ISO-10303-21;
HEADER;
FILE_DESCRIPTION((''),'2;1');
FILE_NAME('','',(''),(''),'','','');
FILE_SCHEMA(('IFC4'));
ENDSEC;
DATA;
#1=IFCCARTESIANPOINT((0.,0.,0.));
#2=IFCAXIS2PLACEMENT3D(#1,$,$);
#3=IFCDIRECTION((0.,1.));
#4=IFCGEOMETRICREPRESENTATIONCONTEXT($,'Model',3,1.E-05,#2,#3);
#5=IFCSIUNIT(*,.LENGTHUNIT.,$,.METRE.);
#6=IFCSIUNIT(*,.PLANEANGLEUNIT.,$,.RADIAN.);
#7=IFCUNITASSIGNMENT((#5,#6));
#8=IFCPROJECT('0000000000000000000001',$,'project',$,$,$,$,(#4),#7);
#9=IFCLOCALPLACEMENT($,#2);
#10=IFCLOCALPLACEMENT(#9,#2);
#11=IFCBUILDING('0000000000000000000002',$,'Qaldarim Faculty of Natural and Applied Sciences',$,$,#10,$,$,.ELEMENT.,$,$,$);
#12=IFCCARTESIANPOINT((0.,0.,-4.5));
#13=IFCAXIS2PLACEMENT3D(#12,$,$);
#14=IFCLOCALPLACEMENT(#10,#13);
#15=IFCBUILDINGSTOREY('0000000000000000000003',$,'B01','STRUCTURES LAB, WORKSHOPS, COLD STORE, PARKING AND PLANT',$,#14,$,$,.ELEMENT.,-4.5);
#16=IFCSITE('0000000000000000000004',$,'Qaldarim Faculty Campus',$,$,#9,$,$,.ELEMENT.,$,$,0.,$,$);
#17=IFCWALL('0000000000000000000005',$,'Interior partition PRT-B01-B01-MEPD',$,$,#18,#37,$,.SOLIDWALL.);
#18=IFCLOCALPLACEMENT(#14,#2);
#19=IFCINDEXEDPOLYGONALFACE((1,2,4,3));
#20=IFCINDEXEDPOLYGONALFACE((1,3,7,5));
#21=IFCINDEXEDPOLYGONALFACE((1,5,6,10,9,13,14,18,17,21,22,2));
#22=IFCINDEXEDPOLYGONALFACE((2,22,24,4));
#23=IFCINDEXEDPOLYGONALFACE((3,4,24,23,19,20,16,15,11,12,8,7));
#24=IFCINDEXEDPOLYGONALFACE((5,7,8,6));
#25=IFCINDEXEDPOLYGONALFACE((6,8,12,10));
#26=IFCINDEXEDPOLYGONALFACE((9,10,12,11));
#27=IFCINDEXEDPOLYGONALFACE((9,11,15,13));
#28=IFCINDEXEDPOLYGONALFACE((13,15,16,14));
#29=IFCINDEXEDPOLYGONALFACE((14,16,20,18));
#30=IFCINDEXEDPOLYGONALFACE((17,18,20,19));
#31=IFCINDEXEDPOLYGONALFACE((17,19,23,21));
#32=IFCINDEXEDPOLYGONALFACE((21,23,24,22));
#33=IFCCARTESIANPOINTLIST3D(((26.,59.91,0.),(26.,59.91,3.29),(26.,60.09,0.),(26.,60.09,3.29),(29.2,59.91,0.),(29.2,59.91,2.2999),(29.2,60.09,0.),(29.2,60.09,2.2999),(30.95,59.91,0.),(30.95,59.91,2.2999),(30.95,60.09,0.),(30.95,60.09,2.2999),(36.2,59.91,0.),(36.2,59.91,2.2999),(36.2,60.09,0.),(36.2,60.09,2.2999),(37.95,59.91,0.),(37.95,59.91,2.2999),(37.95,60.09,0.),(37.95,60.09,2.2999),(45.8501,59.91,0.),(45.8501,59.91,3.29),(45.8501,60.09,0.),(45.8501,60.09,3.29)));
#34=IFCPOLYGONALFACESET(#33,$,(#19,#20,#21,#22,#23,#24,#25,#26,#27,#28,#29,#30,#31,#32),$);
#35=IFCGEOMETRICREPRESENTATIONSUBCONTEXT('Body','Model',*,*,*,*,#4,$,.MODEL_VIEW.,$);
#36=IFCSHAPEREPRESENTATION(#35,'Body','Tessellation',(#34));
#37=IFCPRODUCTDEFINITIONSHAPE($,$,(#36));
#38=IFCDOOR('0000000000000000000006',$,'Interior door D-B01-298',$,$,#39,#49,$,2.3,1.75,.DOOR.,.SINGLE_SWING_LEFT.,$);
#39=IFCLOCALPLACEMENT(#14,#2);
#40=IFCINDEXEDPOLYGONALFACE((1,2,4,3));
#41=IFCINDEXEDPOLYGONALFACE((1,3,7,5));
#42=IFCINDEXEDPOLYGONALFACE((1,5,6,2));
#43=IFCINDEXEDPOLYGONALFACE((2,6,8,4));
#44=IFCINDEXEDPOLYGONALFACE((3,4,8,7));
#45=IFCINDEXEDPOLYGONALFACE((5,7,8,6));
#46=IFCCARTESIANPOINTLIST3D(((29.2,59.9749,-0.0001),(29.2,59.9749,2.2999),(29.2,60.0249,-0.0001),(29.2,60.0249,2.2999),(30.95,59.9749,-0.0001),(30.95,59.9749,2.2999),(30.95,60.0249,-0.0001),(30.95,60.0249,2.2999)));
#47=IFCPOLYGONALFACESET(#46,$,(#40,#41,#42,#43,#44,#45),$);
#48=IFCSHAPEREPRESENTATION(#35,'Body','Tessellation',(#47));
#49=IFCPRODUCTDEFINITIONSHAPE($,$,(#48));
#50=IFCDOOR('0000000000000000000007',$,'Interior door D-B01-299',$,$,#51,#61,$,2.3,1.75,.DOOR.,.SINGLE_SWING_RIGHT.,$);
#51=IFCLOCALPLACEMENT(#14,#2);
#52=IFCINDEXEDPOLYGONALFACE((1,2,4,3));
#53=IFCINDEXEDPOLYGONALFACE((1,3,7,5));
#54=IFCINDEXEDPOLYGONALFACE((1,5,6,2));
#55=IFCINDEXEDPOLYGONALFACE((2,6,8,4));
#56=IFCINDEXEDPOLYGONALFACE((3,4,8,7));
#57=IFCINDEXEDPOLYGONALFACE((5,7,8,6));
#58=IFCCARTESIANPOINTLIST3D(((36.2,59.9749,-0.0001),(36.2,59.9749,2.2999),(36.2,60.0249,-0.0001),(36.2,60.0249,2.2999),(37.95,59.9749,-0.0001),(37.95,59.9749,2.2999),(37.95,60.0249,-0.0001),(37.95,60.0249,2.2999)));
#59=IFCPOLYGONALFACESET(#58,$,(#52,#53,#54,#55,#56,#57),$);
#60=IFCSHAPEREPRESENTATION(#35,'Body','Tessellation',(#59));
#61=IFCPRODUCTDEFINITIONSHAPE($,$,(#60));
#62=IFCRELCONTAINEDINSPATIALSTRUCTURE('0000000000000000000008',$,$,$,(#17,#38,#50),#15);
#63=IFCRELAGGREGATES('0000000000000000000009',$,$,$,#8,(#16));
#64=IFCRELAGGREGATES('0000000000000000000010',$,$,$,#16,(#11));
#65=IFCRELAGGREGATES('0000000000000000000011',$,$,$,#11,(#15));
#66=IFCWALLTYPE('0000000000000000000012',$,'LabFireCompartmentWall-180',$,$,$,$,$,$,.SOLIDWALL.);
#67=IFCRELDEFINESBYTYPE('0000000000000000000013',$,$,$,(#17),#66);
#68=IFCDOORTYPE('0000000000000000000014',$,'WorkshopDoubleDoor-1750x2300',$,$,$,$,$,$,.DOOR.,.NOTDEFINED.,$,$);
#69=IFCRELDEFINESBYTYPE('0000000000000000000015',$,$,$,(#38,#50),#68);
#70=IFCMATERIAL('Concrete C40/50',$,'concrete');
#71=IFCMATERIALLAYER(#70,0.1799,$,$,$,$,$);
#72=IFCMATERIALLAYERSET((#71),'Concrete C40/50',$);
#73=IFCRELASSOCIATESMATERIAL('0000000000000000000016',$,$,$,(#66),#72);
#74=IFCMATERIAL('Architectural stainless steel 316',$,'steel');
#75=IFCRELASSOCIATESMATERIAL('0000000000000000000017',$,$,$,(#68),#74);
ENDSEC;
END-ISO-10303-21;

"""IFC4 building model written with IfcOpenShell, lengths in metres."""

from ifc_helpers import new_model, si_unit, direction, frame, frame_2d, origin, place, context, subcontext, project, spatial, rectangle, extrude, material, layer, layer_set, type_object, element, fill, save


model = new_model("IFC4")

# Units and contexts
model_context = context("Model", 3, precision=1e-05, world=origin(), true_north=direction((0.0, 1.0)))
body_context = subcontext(model_context, "Body", "Model", "MODEL_VIEW")
ifc_project = project(units=[si_unit("LENGTHUNIT", "METRE"), si_unit("PLANEANGLEUNIT", "RADIAN")], contexts=[model_context])

# Site, building, storey
site_placement = place(None, origin())
site = spatial("IfcSite", under=ifc_project, at=site_placement, Name="Qaldarim Faculty Campus", CompositionType="ELEMENT", RefElevation=0.0)
building_placement = place(site_placement, origin())
building = spatial("IfcBuilding", under=site, at=building_placement, Name="Qaldarim Faculty of Natural and Applied Sciences", CompositionType="ELEMENT")
storey_placement = place(building_placement, frame((0.0, 0.0, -4.5)))
storey = spatial("IfcBuildingStorey", under=building, at=storey_placement, Name="B01", Description="STRUCTURES LAB, WORKSHOPS, COLD STORE, PARKING AND PLANT", CompositionType="ELEMENT", Elevation=-4.5)

# Shared definitions
ifc_material_1 = material(Name="Concrete C40/50", Category="concrete")

# Shared definitions
ifc_layer_1 = layer(ifc_material_1, 0.1799)
ifc_layer_set_1 = layer_set([ifc_layer_1], Name="Concrete C40/50")
wall_type = type_object("IfcWallType", Name="LabFireCompartmentWall-180", PredefinedType="SOLIDWALL", material=ifc_layer_set_1)

# Wall, openings, doors
wall_1_placement = place(storey_placement, frame((26.0, 60.0, 0.0), z_axis=(0.0, 0.0, 1.0), x_axis=(1.0, 0.0, 0.0)))
wall_1 = element("IfcWall", 1, at=wall_1_placement, inside=storey, type_object=wall_type, Name="Interior partition PRT-B01-B01-MEPD", PredefinedType="SOLIDWALL", context=body_context, shape_type="SweptSolid", body=[
    extrude(rectangle(XDim=19.8501, YDim=0.1799, at=frame_2d((9.925, 0.0))), origin(), (0.0, 0.0, 1.0), 3.29),
])
opening_1_placement = place(wall_1_placement, frame((3.2, 0.0, 0.0)))
opening_1 = element("IfcOpeningElement", 2, at=opening_1_placement, cuts=wall_1, PredefinedType="OPENING", context=body_context, shape_type="SweptSolid", body=[
    extrude(rectangle(XDim=1.75, YDim=2.3, at=frame_2d((0.875, 1.1499))), frame((0.0, 0.0999, 0.0), z_axis=(0.0, -1.0, 0.0), x_axis=(1.0, 0.0, 0.0)), (0.0, 0.0, 1.0), 0.2),
])
opening_2_placement = place(wall_1_placement, frame((10.2, 0.0, 0.0)))
opening_2 = element("IfcOpeningElement", 3, at=opening_2_placement, cuts=wall_1, PredefinedType="OPENING", context=body_context, shape_type="SweptSolid", body=[
    extrude(rectangle(XDim=1.75, YDim=2.3, at=frame_2d((0.875, 1.1499))), frame((0.0, 0.0999, 0.0), z_axis=(0.0, -1.0, 0.0), x_axis=(1.0, 0.0, 0.0)), (0.0, 0.0, 1.0), 0.2),
])
ifc_material_2 = material(Name="Architectural stainless steel 316", Category="steel")
door_type = type_object("IfcDoorType", Name="WorkshopDoubleDoor-1750x2300", OperationType="NOTDEFINED", PredefinedType="DOOR", material=ifc_material_2)
door_1_placement = place(opening_1_placement, origin())
door_1 = element("IfcDoor", 4, at=door_1_placement, inside=storey, type_object=door_type, Name="Interior door D-B01-298", OperationType="SINGLE_SWING_LEFT", OverallHeight=2.3, OverallWidth=1.75, PredefinedType="DOOR", context=body_context, shape_type="SweptSolid", body=[
    extrude(rectangle(XDim=1.75, YDim=2.3, at=frame_2d((0.875, 1.1499))), frame((0.0, 0.0249, 0.0), z_axis=(0.0, -1.0, 0.0), x_axis=(1.0, 0.0, 0.0)), (0.0, 0.0, 1.0), 0.05),
])
fill(opening_1, door_1)
door_2_placement = place(opening_2_placement, origin())
door_2 = element("IfcDoor", 5, at=door_2_placement, inside=storey, type_object=door_type, Name="Interior door D-B01-299", OperationType="SINGLE_SWING_RIGHT", OverallHeight=2.3, OverallWidth=1.75, PredefinedType="DOOR", context=body_context, shape_type="SweptSolid", body=[
    extrude(rectangle(XDim=1.75, YDim=2.3, at=frame_2d((0.875, 1.1499))), frame((0.0, 0.0249, 0.0), z_axis=(0.0, -1.0, 0.0), x_axis=(1.0, 0.0, 0.0)), (0.0, 0.0, 1.0), 0.05),
])
fill(opening_2, door_2)

save(model, "model.ifc")
